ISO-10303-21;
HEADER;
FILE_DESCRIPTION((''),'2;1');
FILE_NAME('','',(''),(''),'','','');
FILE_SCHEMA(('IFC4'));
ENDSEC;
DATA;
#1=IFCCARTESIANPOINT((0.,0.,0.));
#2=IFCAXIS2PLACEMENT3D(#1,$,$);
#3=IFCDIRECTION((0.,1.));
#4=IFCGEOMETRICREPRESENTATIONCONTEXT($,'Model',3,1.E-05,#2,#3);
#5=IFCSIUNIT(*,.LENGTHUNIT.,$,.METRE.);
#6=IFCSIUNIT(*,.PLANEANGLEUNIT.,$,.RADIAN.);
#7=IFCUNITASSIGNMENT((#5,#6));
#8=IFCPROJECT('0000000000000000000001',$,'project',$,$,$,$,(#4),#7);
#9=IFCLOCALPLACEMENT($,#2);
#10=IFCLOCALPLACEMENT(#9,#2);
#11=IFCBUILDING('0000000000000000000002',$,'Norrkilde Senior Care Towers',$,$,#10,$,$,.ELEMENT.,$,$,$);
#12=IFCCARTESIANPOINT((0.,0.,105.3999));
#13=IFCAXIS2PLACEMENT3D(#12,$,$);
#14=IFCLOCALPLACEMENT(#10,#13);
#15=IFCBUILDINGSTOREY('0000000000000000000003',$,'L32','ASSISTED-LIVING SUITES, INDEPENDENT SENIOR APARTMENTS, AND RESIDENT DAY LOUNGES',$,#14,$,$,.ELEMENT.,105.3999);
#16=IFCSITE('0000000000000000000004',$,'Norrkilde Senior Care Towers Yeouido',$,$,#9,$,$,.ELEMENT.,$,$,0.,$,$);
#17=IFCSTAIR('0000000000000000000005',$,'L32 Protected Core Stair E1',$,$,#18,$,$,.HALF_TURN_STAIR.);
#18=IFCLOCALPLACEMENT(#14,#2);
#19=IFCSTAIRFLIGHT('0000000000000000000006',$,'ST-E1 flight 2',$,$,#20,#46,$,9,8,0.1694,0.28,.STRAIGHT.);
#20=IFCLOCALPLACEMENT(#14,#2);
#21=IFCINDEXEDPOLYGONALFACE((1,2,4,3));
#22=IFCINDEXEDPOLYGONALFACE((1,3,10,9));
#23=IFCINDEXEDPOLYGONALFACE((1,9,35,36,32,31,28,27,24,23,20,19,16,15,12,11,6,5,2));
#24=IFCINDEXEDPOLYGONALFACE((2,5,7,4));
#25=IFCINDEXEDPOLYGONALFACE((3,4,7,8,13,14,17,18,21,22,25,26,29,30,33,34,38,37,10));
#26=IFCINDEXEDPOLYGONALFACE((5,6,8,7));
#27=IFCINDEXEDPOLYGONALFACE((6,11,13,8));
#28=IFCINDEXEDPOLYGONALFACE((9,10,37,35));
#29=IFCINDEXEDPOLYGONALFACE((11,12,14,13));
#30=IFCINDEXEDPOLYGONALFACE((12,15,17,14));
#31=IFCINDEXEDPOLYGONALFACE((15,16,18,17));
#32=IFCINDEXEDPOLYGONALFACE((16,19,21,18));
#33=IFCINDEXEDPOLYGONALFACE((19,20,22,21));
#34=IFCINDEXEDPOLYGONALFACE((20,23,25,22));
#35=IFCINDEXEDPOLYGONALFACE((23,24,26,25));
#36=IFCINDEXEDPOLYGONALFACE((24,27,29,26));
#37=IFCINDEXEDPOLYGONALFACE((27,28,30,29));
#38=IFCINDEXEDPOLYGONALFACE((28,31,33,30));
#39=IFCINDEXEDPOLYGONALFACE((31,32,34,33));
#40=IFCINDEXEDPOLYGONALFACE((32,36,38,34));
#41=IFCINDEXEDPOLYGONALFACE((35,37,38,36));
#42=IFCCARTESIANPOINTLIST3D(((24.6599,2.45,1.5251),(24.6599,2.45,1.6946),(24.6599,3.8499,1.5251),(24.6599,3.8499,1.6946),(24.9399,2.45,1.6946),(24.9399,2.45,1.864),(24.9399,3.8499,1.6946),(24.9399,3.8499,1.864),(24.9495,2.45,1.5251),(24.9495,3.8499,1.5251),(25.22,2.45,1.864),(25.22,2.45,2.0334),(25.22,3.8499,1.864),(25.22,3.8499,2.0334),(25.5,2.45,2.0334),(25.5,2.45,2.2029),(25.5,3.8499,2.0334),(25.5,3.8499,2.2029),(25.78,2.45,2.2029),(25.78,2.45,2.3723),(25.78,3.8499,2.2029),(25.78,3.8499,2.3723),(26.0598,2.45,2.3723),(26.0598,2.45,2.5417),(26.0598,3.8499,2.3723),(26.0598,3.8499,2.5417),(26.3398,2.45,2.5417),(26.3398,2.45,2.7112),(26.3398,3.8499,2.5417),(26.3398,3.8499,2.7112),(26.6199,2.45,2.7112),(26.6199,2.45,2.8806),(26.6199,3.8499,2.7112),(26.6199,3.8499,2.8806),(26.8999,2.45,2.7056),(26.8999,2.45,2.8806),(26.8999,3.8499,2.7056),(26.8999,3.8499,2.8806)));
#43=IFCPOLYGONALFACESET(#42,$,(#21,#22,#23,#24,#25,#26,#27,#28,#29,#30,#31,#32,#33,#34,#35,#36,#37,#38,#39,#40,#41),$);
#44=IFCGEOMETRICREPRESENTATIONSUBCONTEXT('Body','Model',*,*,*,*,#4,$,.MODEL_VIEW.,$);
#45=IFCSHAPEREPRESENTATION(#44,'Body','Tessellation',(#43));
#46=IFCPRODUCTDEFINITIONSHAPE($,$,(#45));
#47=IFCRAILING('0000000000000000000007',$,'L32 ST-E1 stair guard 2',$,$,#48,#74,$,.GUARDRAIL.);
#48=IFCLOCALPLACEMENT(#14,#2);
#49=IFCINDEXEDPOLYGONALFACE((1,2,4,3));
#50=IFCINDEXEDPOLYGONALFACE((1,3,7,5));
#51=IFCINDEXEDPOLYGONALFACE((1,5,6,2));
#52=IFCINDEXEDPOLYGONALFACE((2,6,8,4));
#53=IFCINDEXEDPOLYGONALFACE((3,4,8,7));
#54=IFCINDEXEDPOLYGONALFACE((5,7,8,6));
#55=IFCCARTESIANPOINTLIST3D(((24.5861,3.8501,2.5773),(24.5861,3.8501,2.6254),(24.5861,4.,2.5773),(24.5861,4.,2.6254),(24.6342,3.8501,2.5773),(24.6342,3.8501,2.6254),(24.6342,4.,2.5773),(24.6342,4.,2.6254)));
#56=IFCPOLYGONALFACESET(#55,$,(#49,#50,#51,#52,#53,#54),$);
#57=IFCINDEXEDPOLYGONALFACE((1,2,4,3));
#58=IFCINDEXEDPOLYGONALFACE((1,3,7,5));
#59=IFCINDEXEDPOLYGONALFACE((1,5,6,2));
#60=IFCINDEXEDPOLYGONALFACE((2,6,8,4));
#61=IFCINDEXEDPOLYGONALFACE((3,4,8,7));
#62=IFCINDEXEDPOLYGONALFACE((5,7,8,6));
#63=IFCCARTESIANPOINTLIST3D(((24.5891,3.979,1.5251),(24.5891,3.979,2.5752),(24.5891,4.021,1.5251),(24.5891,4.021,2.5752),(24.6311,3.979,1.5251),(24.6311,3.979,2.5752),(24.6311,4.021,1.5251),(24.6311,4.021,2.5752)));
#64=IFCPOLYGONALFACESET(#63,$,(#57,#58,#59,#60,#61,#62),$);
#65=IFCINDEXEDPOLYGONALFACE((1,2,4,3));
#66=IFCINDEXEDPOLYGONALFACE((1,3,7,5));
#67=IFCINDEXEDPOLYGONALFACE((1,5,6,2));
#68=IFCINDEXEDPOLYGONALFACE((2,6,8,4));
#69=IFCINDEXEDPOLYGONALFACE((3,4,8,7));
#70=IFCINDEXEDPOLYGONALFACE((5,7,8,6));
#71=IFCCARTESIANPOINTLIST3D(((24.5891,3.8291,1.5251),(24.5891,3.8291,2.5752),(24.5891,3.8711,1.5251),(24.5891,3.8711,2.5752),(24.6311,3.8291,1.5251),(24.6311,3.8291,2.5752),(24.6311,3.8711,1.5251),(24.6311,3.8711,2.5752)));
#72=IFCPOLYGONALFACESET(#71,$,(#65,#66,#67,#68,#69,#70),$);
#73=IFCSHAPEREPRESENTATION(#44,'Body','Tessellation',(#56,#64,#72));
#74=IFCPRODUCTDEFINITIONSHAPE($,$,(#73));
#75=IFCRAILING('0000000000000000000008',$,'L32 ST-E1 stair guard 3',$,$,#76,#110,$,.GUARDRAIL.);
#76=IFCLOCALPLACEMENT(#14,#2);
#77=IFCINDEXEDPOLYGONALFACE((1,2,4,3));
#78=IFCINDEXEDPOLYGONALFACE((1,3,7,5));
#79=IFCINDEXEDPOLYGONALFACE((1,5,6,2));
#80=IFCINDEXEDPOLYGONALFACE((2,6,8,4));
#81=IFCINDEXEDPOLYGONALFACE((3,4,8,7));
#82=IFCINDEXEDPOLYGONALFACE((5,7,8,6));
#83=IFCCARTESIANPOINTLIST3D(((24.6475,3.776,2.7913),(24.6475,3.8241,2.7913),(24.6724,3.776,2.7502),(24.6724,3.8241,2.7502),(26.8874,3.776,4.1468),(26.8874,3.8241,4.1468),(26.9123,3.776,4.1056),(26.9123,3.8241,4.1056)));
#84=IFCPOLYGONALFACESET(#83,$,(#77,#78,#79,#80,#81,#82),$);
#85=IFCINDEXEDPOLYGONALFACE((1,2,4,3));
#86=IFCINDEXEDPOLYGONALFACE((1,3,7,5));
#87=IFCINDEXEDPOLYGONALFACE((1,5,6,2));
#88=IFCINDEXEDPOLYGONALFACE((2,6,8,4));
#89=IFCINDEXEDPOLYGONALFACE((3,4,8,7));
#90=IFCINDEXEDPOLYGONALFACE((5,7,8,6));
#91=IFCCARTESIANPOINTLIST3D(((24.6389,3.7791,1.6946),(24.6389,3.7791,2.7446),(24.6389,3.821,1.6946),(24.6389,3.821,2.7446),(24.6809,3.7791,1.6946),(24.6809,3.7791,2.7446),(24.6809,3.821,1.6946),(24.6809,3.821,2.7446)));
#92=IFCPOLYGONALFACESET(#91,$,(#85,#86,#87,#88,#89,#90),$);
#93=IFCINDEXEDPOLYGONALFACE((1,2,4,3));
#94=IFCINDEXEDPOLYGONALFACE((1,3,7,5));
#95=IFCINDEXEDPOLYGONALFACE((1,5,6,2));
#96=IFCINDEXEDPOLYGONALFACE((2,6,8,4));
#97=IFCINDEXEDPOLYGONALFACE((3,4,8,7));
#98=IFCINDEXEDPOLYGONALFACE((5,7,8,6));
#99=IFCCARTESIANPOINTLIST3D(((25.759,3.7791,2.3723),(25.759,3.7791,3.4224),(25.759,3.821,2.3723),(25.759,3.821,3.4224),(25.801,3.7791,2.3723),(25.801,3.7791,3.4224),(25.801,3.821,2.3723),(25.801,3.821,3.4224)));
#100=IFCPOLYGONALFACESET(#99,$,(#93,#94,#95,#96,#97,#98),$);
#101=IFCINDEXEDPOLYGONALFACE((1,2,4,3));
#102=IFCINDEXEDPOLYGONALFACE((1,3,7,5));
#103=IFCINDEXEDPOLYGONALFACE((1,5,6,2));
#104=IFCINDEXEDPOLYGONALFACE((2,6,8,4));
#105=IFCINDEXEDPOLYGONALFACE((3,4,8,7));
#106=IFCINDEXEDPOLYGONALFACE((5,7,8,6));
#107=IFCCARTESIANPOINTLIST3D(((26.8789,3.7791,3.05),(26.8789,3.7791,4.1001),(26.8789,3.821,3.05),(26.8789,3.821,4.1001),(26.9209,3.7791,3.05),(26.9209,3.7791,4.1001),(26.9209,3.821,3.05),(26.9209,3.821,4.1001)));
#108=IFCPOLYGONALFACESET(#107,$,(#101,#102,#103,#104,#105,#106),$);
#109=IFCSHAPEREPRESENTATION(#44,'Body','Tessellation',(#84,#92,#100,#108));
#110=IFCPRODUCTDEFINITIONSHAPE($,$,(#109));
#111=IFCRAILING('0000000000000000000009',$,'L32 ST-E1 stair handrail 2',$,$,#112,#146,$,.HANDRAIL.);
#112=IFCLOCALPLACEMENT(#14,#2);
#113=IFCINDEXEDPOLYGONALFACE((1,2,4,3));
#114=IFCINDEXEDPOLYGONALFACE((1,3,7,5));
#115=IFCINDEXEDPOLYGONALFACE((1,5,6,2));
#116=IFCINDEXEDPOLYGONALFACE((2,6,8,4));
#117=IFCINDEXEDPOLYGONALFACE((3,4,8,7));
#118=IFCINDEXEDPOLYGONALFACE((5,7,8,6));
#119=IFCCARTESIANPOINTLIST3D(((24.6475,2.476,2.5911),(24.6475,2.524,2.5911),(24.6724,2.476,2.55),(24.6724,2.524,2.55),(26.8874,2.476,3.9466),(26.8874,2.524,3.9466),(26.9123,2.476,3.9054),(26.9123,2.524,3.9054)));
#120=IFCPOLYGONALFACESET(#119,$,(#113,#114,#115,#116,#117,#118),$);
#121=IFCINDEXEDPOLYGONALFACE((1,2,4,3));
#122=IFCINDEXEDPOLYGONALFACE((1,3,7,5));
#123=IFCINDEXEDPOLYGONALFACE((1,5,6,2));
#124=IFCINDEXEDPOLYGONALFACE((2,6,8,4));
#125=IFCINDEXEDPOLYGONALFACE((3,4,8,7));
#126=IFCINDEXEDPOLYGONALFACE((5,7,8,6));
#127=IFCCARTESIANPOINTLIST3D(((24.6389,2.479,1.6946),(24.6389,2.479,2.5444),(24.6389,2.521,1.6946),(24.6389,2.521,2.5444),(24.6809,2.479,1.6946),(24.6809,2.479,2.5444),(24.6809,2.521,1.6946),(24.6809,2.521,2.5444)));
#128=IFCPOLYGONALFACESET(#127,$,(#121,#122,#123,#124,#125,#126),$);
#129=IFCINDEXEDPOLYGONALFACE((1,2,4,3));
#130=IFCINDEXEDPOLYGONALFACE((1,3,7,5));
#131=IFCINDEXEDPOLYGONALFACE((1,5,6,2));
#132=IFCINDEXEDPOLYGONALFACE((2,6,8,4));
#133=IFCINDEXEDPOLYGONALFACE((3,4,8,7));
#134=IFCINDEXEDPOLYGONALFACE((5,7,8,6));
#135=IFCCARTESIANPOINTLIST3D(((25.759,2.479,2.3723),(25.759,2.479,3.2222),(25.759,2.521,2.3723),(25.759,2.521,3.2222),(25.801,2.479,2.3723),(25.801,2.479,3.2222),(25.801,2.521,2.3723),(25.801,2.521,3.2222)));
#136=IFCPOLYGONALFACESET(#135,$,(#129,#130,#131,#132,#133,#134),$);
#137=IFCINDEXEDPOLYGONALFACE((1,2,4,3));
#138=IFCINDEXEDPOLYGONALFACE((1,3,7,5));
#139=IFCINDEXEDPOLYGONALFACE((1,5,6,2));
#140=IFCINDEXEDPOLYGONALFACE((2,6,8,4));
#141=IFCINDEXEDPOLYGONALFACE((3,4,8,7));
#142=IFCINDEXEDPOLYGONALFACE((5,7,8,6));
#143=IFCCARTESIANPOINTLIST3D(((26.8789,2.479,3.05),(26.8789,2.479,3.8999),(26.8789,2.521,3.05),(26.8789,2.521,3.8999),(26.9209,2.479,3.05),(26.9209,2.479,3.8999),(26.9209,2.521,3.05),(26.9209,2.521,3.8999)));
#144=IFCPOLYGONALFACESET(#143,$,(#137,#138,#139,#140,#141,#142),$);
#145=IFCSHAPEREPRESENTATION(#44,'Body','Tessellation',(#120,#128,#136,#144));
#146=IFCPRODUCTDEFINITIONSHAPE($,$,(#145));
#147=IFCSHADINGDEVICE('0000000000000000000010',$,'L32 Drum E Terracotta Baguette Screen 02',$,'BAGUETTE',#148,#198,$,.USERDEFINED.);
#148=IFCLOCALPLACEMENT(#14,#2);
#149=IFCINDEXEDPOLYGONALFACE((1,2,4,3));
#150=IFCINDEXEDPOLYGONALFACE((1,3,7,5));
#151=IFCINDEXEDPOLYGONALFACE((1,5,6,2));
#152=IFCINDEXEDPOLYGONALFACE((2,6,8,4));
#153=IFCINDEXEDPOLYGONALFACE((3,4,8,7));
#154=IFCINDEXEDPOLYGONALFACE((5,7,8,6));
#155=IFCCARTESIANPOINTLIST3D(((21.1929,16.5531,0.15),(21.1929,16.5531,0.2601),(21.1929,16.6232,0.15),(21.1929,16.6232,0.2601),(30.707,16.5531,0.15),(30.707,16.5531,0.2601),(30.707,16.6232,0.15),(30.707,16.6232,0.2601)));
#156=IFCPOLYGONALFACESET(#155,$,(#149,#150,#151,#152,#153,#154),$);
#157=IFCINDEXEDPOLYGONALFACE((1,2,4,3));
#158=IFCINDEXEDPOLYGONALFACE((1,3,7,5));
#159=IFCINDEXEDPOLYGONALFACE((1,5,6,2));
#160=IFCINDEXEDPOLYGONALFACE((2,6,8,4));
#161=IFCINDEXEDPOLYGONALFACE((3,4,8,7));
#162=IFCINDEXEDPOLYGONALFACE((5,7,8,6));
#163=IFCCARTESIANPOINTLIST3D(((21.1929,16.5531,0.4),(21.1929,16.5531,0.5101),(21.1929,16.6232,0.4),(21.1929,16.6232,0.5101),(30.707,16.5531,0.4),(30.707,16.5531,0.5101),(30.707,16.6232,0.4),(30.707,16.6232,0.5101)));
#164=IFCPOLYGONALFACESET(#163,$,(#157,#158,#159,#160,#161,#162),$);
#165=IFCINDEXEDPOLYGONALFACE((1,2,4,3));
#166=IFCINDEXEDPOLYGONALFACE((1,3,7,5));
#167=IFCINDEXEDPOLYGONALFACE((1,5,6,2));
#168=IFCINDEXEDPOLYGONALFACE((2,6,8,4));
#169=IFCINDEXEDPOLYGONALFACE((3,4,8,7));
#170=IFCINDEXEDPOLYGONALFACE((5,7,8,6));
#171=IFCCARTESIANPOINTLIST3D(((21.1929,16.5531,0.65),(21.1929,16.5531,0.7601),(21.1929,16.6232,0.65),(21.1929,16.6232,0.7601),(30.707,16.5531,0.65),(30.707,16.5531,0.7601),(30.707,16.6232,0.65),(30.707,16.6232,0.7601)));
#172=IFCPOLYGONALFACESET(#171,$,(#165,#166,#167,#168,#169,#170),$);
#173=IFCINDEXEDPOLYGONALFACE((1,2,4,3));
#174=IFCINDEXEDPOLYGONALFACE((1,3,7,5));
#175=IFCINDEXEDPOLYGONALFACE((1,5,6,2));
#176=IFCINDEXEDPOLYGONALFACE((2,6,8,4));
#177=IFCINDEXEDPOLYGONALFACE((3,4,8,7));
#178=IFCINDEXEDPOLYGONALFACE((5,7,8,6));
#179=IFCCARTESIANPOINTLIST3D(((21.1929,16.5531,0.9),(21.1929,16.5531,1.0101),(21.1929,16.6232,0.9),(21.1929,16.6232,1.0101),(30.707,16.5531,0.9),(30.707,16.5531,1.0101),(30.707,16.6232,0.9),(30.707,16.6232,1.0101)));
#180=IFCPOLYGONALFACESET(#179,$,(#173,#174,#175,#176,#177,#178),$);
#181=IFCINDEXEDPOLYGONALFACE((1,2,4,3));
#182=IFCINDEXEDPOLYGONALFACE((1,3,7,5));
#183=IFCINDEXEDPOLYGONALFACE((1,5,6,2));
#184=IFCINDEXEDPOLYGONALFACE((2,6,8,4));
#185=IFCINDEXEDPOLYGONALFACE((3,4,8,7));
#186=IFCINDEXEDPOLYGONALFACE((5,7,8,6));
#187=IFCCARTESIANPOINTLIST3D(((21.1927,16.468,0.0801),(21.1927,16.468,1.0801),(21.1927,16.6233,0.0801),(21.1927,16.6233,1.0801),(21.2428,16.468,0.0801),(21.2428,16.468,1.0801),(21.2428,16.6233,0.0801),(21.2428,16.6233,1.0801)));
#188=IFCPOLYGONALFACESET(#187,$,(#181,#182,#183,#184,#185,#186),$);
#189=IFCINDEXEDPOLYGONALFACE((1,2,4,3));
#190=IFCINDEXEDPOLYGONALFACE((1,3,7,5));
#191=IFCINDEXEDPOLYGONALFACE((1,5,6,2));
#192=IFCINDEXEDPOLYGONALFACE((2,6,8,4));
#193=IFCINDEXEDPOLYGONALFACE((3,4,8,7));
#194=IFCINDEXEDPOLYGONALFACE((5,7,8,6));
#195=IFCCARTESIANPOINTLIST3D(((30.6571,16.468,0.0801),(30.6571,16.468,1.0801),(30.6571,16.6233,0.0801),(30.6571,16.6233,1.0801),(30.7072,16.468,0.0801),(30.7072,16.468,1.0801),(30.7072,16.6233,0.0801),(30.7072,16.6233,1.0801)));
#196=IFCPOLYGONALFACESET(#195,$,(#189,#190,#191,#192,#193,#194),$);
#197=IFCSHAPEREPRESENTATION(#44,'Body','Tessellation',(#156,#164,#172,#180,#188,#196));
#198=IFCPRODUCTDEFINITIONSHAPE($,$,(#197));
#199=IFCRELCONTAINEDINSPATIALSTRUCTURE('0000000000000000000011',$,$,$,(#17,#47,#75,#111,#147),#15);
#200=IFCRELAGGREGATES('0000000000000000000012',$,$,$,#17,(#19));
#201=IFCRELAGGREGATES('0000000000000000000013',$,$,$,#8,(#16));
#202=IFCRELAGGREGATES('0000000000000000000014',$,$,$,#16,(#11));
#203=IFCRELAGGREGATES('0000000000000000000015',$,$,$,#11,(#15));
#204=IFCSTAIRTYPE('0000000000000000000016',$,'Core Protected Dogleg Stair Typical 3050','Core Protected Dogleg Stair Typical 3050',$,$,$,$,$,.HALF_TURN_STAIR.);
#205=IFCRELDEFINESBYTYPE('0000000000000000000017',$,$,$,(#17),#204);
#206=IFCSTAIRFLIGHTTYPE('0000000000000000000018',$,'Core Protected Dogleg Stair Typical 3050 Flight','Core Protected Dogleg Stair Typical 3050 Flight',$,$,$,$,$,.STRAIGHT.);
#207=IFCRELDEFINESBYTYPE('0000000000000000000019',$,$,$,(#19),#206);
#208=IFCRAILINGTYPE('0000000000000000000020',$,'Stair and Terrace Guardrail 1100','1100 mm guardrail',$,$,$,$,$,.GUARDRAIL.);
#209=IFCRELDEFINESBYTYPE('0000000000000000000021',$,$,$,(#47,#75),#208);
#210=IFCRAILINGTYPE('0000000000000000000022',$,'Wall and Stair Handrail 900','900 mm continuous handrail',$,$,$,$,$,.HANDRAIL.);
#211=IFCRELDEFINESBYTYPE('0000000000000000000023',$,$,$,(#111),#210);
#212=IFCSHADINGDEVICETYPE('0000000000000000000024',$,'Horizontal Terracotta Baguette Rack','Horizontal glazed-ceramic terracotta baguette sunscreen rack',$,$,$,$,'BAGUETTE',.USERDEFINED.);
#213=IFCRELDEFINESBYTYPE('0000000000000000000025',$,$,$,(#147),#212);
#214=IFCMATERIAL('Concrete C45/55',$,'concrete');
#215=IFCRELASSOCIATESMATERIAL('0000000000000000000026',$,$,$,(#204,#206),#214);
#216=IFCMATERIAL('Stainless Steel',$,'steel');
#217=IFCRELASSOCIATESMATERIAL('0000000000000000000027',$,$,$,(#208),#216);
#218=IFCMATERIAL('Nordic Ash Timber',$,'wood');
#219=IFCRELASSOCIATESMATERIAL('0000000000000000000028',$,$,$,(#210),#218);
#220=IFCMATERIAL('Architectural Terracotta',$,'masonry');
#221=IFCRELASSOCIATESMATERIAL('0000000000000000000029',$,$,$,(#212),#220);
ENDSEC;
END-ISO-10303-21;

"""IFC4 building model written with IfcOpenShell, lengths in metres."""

from ifc_helpers import new_model, si_unit, direction, frame, origin, origin_2d, place, context, subcontext, project, spatial, polyline, rectangle, outline, extrude, source, transform, mapped, material, type_object, type_shapes, element, aggregate, save


model = new_model("IFC4")

# Units and contexts
model_context = context("Model", 3, precision=1e-05, world=origin(), true_north=direction((0.0, 1.0)))
body_context = subcontext(model_context, "Body", "Model", "MODEL_VIEW")
ifc_project = project(units=[si_unit("LENGTHUNIT", "METRE"), si_unit("PLANEANGLEUNIT", "RADIAN")], contexts=[model_context])

# Site, building, storey
site_placement = place(None, origin())
site = spatial("IfcSite", under=ifc_project, at=site_placement, Name="Norrkilde Senior Care Towers Yeouido", CompositionType="ELEMENT", RefElevation=0.0)
building_placement = place(site_placement, origin())
building = spatial("IfcBuilding", under=site, at=building_placement, Name="Norrkilde Senior Care Towers", CompositionType="ELEMENT")
storey_placement = place(building_placement, frame((0.0, 0.0, 105.3999)))
storey = spatial("IfcBuildingStorey", under=building, at=storey_placement, Name="L32", Description="ASSISTED-LIVING SUITES, INDEPENDENT SENIOR APARTMENTS, AND RESIDENT DAY LOUNGES", CompositionType="ELEMENT", Elevation=105.3999)

# Shared definitions
ifc_material_1 = material(Name="Concrete C45/55", Category="concrete")

# Shared definitions
ifc_material_2 = material(Name="Nordic Ash Timber", Category="wood")

# Stair, stair flight
stair_type = type_object("IfcStairType", Name="Core Protected Dogleg Stair Typical 3050", Description="Core Protected Dogleg Stair Typical 3050", PredefinedType="HALF_TURN_STAIR", material=ifc_material_1)
stair_placement = place(storey_placement, origin())
stair = element("IfcStair", 1, at=stair_placement, inside=storey, type_object=stair_type, Name="L32 Protected Core Stair E1", PredefinedType="HALF_TURN_STAIR")
stair_flight_type = type_object("IfcStairFlightType", Name="Core Protected Dogleg Stair Typical 3050 Flight", Description="Core Protected Dogleg Stair Typical 3050 Flight", PredefinedType="STRAIGHT", material=ifc_material_1)
stair_flight_placement = place(storey_placement, frame((24.6599, 3.1499, 1.5251), z_axis=(0.0, 0.0, 1.0), x_axis=(1.0, 0.0, 0.0)))
stair_flight = element("IfcStairFlight", 2, at=stair_flight_placement, type_object=stair_flight_type, Name="ST-E1 flight 2", NumberOfRisers=9, NumberOfTreads=8, PredefinedType="STRAIGHT", RiserHeight=0.1694, TreadLength=0.28, context=body_context, shape_type="SweptSolid", body=[
    extrude(outline(polyline([(0.0, 0.0), (0.0, 0.1694), (0.28, 0.1694), (0.28, 0.3389), (0.5601, 0.3389), (0.5601, 0.5083), (0.8401, 0.5083), (0.8401, 0.6777), (1.1201, 0.6777), (1.1201, 0.8472), (1.3999, 0.8472), (1.3999, 1.0166), (1.6799, 1.0166), (1.6799, 1.186), (1.96, 1.186), (1.96, 1.3555), (2.24, 1.3555), (2.24, 1.5249), (2.24, 1.1804), (0.2896, 0.0), (0.0, 0.0)])), frame((0.0, 0.7, 0.0), z_axis=(0.0, -1.0, 0.0), x_axis=(1.0, 0.0, 0.0)), (0.0, 0.0, 1.0), 1.3999),
])
aggregate(stair, [stair_flight])

# Railings
ifc_material_3 = material(Name="Stainless Steel", Category="steel")
railing_type_1 = type_object("IfcRailingType", Name="Stair and Terrace Guardrail 1100", Description="1100 mm guardrail", PredefinedType="GUARDRAIL", material=ifc_material_3)
railing_1_placement = place(storey_placement, frame((24.6101, 4.0, 1.5251)))
element("IfcRailing", 3, at=railing_1_placement, inside=storey, type_object=railing_type_1, Name="L32 ST-E1 stair guard 2", PredefinedType="GUARDRAIL", context=body_context, shape_type="SweptSolid", body=[
    extrude(rectangle(XDim=0.0481, YDim=0.0481, at=origin_2d()), frame((0.0, 0.0, 1.0762), z_axis=(0.0, -1.0, 0.0), x_axis=(1.0, 0.0, 0.0)), (0.0, 0.0, 1.0), 0.1499),
    extrude(rectangle(XDim=0.042, YDim=0.042, at=origin_2d()), origin(), (0.0, 0.0, 1.0), 1.05),
    extrude(rectangle(XDim=0.042, YDim=0.042, at=origin_2d()), frame((0.0, -0.1499, 0.0)), (0.0, 0.0, 1.0), 1.05),
])
railing_2_placement = place(storey_placement, frame((24.6599, 3.8, 1.6946)))
element("IfcRailing", 4, at=railing_2_placement, inside=storey, type_object=railing_type_1, Name="L32 ST-E1 stair guard 3", PredefinedType="GUARDRAIL", context=body_context, shape_type="SweptSolid", body=[
    extrude(rectangle(XDim=0.0481, YDim=0.0481, at=origin_2d()), frame((0.0, 0.0, 1.0762), z_axis=(0.855553, 0.0, 0.517715), x_axis=(0.0, 1.0, 0.0)), (0.0, 0.0, 1.0), 2.6182),
    extrude(rectangle(XDim=0.042, YDim=0.042, at=origin_2d()), origin(), (0.0, 0.0, 1.0), 1.05),
    extrude(rectangle(XDim=0.042, YDim=0.042, at=origin_2d()), frame((1.1201, 0.0, 0.6777)), (0.0, 0.0, 1.0), 1.05),
    extrude(rectangle(XDim=0.042, YDim=0.042, at=origin_2d()), frame((2.24, 0.0, 1.3555)), (0.0, 0.0, 1.0), 1.05),
])
railing_type_2 = type_object("IfcRailingType", Name="Wall and Stair Handrail 900", Description="900 mm continuous handrail", PredefinedType="HANDRAIL", material=ifc_material_2)
railing_3_placement = place(storey_placement, frame((24.6599, 2.5, 1.6946)))
element("IfcRailing", 5, at=railing_3_placement, inside=storey, type_object=railing_type_2, Name="L32 ST-E1 stair handrail 2", PredefinedType="HANDRAIL", context=body_context, shape_type="SweptSolid", body=[
    extrude(rectangle(XDim=0.0481, YDim=0.0481, at=origin_2d()), frame((0.0, 0.0, 0.876), z_axis=(0.855553, 0.0, 0.517715), x_axis=(0.0, 1.0, 0.0)), (0.0, 0.0, 1.0), 2.6182),
    extrude(rectangle(XDim=0.042, YDim=0.042, at=origin_2d()), origin(), (0.0, 0.0, 1.0), 0.8499),
    extrude(rectangle(XDim=0.042, YDim=0.042, at=origin_2d()), frame((1.1201, 0.0, 0.6777)), (0.0, 0.0, 1.0), 0.8499),
    extrude(rectangle(XDim=0.042, YDim=0.042, at=origin_2d()), frame((2.24, 0.0, 1.3555)), (0.0, 0.0, 1.0), 0.8499),
])

# Shading device
ifc_material_4 = material(Name="Architectural Terracotta", Category="masonry")
shading_device_type = type_object("IfcShadingDeviceType", Name="Horizontal Terracotta Baguette Rack", Description="Horizontal glazed-ceramic terracotta baguette sunscreen rack", ElementType="BAGUETTE", PredefinedType="USERDEFINED", material=ifc_material_4)
shared_shape_1 = source(origin(), body_context, "Body", "SweptSolid", [
    extrude(rectangle(XDim=0.0701, YDim=0.1101, at=origin_2d()), frame((0.0, 0.0901, 0.125), z_axis=(1.0, 0.0, 0.0), x_axis=(0.0, 1.0, 0.0)), (0.0, 0.0, 1.0), 9.5142),
    extrude(rectangle(XDim=0.0701, YDim=0.1101, at=origin_2d()), frame((0.0, 0.0901, 0.375), z_axis=(1.0, 0.0, 0.0), x_axis=(0.0, 1.0, 0.0)), (0.0, 0.0, 1.0), 9.5142),
    extrude(rectangle(XDim=0.0701, YDim=0.1101, at=origin_2d()), frame((0.0, 0.0901, 0.625), z_axis=(1.0, 0.0, 0.0), x_axis=(0.0, 1.0, 0.0)), (0.0, 0.0, 1.0), 9.5142),
    extrude(rectangle(XDim=0.0701, YDim=0.1101, at=origin_2d()), frame((0.0, 0.0901, 0.875), z_axis=(1.0, 0.0, 0.0), x_axis=(0.0, 1.0, 0.0)), (0.0, 0.0, 1.0), 9.5142),
    extrude(rectangle(XDim=0.05, YDim=0.1553, at=origin_2d()), frame((0.0249, 0.0476, 0.0)), (0.0, 0.0, 1.0), 1.0),
    extrude(rectangle(XDim=0.05, YDim=0.1553, at=origin_2d()), frame((9.4893, 0.0476, 0.0)), (0.0, 0.0, 1.0), 1.0),
])
type_shapes(shading_device_type, [shared_shape_1])
shading_device_placement = place(storey_placement, frame((21.1929, 16.498, 0.0801), z_axis=(0.0, 0.0, 1.0), x_axis=(1.0, 0.0, 0.0)))
element("IfcShadingDevice", 6, at=shading_device_placement, inside=storey, type_object=shading_device_type, Name="L32 Drum E Terracotta Baguette Screen 02", ObjectType="BAGUETTE", PredefinedType="USERDEFINED", context=body_context, shape_type="MappedRepresentation", body=[
    mapped(shared_shape_1, transform((0.0, 0.0, 0.0), x_axis=(1.0, 0.0, 0.0), y_axis=(0.0, 1.0, 0.0), z_axis=(0.0, 0.0, 1.0), scale=1.0)),
])

save(model, "model.ifc")
